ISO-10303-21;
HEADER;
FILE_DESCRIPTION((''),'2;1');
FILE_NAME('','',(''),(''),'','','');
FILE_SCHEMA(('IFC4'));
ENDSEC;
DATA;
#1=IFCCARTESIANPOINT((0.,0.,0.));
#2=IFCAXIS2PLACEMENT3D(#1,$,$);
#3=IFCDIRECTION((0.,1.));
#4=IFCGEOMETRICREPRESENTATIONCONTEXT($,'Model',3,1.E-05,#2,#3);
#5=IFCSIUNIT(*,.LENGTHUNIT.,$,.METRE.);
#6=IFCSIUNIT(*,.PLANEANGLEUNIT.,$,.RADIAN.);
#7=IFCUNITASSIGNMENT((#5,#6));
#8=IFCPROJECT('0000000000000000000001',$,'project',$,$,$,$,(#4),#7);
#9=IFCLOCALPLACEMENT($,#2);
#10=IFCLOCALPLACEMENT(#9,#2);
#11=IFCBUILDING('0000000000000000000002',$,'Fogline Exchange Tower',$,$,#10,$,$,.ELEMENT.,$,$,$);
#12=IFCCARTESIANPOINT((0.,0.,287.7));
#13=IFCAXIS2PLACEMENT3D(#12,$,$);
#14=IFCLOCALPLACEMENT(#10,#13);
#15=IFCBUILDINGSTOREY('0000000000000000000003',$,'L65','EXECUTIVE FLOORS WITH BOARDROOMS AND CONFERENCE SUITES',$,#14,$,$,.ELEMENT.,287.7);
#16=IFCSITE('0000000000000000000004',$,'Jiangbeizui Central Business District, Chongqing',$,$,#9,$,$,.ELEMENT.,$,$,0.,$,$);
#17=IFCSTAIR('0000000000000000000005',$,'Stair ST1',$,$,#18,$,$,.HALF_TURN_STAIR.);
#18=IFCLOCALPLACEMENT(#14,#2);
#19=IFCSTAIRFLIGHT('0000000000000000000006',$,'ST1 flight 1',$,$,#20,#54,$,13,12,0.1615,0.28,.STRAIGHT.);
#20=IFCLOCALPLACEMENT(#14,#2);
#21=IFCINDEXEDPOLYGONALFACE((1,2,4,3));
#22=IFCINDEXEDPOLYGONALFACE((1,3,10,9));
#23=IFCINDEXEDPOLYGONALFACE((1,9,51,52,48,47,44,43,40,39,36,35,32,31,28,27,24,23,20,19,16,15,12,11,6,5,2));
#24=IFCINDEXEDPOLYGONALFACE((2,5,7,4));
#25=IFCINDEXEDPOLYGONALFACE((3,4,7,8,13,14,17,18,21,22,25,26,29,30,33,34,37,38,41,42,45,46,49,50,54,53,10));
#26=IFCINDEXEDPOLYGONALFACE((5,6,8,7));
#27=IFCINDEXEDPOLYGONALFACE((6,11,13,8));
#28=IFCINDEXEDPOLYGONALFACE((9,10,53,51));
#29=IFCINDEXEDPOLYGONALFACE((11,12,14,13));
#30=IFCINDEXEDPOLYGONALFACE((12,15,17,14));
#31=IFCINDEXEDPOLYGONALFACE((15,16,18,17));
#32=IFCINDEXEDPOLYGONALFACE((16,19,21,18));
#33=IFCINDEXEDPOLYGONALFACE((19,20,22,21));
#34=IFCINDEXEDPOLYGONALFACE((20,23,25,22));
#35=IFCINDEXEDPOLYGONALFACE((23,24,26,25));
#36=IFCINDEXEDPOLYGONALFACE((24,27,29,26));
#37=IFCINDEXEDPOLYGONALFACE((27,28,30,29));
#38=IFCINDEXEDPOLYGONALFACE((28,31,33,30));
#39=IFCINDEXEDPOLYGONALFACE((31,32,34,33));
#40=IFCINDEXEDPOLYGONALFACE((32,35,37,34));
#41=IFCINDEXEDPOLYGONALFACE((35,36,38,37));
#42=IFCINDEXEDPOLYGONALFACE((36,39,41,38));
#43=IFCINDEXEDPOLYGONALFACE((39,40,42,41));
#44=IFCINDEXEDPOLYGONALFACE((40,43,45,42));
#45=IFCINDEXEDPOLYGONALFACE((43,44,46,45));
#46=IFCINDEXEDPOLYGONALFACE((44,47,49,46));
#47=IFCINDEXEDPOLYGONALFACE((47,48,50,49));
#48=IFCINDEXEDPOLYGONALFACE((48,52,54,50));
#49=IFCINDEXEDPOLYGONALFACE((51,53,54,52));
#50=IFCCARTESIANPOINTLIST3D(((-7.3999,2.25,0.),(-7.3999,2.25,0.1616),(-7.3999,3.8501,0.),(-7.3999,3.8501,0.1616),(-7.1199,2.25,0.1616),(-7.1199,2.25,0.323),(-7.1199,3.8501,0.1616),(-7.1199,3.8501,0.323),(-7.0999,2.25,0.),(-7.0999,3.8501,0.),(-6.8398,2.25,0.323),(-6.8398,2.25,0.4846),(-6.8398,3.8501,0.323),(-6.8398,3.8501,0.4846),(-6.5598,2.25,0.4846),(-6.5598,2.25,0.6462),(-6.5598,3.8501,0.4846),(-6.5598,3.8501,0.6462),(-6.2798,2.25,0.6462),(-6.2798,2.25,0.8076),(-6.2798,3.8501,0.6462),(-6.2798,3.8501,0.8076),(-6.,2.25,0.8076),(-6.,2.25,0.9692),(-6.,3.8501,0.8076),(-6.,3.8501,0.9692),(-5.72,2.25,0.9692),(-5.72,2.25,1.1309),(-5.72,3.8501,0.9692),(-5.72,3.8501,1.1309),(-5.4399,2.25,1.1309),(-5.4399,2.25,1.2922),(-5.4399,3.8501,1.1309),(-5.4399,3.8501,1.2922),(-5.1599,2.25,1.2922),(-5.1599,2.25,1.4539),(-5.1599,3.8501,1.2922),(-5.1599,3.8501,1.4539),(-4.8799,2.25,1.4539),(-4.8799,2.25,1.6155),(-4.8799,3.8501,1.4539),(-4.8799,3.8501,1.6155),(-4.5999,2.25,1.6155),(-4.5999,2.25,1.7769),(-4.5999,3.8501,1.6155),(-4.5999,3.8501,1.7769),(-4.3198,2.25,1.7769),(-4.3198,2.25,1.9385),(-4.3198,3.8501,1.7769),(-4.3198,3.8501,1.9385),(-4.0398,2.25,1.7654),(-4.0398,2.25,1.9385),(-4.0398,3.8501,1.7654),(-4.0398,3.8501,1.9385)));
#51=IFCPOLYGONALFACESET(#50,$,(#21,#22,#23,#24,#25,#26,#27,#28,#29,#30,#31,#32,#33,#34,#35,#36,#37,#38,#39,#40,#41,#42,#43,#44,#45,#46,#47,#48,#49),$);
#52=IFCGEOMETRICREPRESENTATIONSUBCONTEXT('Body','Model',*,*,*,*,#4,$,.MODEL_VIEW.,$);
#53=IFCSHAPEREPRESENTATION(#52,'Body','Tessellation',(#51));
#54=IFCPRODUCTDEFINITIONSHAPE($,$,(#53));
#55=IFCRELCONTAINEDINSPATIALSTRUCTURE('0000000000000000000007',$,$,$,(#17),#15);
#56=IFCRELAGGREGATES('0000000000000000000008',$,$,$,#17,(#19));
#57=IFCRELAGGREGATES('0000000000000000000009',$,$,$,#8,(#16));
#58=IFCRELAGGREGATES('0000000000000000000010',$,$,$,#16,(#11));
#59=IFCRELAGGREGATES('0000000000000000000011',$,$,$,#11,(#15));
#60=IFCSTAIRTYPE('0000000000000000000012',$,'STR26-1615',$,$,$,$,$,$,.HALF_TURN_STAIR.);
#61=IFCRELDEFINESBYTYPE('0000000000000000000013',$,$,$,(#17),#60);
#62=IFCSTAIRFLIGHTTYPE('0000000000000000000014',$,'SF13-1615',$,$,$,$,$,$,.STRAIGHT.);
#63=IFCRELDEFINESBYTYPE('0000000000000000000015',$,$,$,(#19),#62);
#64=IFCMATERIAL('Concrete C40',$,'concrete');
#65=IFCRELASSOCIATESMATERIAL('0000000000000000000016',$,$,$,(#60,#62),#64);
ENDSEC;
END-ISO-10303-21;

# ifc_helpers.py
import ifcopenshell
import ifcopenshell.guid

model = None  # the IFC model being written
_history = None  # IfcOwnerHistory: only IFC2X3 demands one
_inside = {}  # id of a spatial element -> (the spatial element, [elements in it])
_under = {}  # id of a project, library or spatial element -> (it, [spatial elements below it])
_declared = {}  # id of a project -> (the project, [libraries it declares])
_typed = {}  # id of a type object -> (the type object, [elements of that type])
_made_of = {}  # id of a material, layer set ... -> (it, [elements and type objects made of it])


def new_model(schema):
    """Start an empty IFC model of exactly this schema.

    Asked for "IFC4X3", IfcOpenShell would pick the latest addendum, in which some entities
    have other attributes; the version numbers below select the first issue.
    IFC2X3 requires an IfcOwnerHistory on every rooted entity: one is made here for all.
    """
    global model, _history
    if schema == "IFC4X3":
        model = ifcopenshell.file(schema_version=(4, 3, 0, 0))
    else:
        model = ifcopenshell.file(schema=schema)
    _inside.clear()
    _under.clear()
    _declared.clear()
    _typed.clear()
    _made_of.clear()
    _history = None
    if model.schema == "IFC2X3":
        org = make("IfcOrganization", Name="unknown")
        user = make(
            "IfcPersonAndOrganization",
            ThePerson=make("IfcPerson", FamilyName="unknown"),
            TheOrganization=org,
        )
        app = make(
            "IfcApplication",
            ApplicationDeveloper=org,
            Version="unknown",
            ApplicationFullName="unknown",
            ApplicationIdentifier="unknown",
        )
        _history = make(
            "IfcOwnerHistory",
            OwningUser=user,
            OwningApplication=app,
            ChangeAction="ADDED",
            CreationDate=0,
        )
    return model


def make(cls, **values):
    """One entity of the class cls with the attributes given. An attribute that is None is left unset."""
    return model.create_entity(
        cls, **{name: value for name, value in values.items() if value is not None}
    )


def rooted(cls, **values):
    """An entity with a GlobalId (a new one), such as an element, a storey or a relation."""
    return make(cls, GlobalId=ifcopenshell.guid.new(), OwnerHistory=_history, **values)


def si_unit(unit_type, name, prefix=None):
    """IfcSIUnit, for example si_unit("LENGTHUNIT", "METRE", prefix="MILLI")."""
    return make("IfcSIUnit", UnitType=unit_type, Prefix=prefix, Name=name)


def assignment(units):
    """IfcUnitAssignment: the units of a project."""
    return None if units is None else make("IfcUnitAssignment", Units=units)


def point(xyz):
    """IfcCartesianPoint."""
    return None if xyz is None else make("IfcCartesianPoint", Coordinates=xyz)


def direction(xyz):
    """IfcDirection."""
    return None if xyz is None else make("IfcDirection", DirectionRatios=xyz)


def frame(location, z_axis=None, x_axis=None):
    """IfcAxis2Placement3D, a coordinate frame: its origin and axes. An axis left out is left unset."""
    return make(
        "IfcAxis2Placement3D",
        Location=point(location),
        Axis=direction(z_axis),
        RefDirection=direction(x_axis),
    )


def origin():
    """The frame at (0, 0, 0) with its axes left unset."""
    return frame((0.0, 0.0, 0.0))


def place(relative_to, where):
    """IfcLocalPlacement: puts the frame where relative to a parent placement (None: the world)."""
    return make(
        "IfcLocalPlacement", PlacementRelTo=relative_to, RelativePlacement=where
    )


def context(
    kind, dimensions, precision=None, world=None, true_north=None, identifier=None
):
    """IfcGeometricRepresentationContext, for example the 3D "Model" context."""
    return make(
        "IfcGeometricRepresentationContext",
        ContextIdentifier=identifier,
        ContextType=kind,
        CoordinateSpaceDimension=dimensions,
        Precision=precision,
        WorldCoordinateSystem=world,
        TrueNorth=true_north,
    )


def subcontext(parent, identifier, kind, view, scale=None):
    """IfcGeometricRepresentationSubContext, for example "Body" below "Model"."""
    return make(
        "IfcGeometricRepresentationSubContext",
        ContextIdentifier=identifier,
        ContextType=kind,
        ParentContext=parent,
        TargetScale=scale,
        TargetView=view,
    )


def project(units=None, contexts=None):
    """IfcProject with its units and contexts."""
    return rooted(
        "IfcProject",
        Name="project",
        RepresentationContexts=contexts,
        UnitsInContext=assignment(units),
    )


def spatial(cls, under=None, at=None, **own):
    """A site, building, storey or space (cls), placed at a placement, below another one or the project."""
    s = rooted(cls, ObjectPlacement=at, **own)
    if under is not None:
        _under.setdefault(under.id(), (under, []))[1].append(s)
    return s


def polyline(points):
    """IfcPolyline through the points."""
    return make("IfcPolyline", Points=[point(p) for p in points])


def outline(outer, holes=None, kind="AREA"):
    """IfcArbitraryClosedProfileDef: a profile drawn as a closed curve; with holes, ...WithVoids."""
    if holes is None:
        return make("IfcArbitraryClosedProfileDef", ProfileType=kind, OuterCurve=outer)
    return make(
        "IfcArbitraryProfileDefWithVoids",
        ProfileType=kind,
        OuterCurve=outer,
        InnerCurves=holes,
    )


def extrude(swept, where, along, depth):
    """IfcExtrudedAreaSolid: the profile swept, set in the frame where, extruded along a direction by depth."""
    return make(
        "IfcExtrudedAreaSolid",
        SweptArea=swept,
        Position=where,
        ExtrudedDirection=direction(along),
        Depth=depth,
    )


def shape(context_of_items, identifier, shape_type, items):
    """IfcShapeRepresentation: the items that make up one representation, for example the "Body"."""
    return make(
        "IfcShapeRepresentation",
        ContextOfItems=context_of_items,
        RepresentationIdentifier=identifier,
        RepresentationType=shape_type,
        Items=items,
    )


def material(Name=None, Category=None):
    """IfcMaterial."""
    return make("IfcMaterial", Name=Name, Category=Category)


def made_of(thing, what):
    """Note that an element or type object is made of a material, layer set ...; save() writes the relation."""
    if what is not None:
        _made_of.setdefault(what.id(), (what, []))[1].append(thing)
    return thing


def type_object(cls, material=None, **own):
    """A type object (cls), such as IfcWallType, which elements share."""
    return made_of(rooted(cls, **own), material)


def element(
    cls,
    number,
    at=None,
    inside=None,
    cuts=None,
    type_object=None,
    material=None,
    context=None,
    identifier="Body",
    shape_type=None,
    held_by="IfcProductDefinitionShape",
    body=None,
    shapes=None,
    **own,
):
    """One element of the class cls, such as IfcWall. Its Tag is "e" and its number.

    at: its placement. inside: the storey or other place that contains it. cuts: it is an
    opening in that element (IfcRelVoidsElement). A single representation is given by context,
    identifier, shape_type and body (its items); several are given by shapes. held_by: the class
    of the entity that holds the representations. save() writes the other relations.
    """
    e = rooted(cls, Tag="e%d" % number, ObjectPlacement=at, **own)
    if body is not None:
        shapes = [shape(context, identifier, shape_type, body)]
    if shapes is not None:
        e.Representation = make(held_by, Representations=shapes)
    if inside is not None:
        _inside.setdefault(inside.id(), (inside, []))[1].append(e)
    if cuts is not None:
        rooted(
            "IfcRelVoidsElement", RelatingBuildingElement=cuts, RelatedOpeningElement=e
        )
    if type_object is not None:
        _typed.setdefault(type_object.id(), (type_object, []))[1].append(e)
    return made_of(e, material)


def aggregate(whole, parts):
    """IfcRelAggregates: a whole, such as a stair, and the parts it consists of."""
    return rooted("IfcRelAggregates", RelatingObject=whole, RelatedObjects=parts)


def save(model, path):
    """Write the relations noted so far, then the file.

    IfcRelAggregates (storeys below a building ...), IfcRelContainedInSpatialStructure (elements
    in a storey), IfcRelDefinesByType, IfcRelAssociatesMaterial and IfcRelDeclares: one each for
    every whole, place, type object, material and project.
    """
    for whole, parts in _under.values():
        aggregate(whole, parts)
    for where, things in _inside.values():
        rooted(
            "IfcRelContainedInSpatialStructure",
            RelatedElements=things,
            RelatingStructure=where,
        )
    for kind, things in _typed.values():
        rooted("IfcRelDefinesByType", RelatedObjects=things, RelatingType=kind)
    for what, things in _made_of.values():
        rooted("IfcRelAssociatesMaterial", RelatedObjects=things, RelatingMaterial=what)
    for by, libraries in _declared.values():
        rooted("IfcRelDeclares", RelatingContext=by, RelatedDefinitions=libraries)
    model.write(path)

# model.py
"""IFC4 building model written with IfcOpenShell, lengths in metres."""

from ifc_helpers import new_model, si_unit, direction, frame, origin, place, context, subcontext, project, spatial, polyline, outline, extrude, material, type_object, element, aggregate, save


model = new_model("IFC4")

# Units and contexts
model_context = context("Model", 3, precision=1e-05, world=origin(), true_north=direction((0.0, 1.0)))
body_context = subcontext(model_context, "Body", "Model", "MODEL_VIEW")
ifc_project = project(units=[si_unit("LENGTHUNIT", "METRE"), si_unit("PLANEANGLEUNIT", "RADIAN")], contexts=[model_context])

# Site, building, storey
site_placement = place(None, origin())
site = spatial("IfcSite", under=ifc_project, at=site_placement, Name="Jiangbeizui Central Business District, Chongqing", CompositionType="ELEMENT", RefElevation=0.0)
building_placement = place(site_placement, origin())
building = spatial("IfcBuilding", under=site, at=building_placement, Name="Fogline Exchange Tower", CompositionType="ELEMENT")
storey_placement = place(building_placement, frame((0.0, 0.0, 287.7)))
storey = spatial("IfcBuildingStorey", under=building, at=storey_placement, Name="L65", Description="EXECUTIVE FLOORS WITH BOARDROOMS AND CONFERENCE SUITES", CompositionType="ELEMENT", Elevation=287.7)

# Shared definitions
ifc_material_1 = material(Name="Concrete C40", Category="concrete")

# Stair, stair flight
stair_type = type_object("IfcStairType", Name="STR26-1615", PredefinedType="HALF_TURN_STAIR", material=ifc_material_1)
stair_placement = place(storey_placement, origin())
stair = element("IfcStair", 1, at=stair_placement, inside=storey, type_object=stair_type, Name="Stair ST1", PredefinedType="HALF_TURN_STAIR")
stair_flight_type = type_object("IfcStairFlightType", Name="SF13-1615", PredefinedType="STRAIGHT", material=ifc_material_1)
stair_flight_placement = place(storey_placement, frame((-7.3999, 3.05, 0.0), z_axis=(0.0, 0.0, 1.0), x_axis=(1.0, 0.0, 0.0)))
stair_flight = element("IfcStairFlight", 2, at=stair_flight_placement, type_object=stair_flight_type, Name="ST1 flight 1", NumberOfRisers=13, NumberOfTreads=12, PredefinedType="STRAIGHT", RiserHeight=0.1615, TreadLength=0.28, context=body_context, shape_type="SweptSolid", body=[
    extrude(outline(polyline([(0.0, 0.0), (0.0, 0.1616), (0.28, 0.1616), (0.28, 0.323), (0.5601, 0.323), (0.5601, 0.4846), (0.8401, 0.4846), (0.8401, 0.6462), (1.1201, 0.6462), (1.1201, 0.8076), (1.3999, 0.8076), (1.3999, 0.9692), (1.6799, 0.9692), (1.6799, 1.1309), (1.96, 1.1309), (1.96, 1.2922), (2.24, 1.2922), (2.24, 1.4539), (2.52, 1.4539), (2.52, 1.6155), (2.8, 1.6155), (2.8, 1.7769), (3.0801, 1.7769), (3.0801, 1.9385), (3.3601, 1.9385), (3.3601, 2.1001), (3.3601, 1.7654), (0.3, 0.0), (0.0, 0.0)])), frame((0.0, 0.8, 0.0), z_axis=(0.0, -1.0, 0.0), x_axis=(1.0, 0.0, 0.0)), (0.0, 0.0, 1.0), 1.6001),
])
aggregate(stair, [stair_flight])

save(model, "model.ifc")
